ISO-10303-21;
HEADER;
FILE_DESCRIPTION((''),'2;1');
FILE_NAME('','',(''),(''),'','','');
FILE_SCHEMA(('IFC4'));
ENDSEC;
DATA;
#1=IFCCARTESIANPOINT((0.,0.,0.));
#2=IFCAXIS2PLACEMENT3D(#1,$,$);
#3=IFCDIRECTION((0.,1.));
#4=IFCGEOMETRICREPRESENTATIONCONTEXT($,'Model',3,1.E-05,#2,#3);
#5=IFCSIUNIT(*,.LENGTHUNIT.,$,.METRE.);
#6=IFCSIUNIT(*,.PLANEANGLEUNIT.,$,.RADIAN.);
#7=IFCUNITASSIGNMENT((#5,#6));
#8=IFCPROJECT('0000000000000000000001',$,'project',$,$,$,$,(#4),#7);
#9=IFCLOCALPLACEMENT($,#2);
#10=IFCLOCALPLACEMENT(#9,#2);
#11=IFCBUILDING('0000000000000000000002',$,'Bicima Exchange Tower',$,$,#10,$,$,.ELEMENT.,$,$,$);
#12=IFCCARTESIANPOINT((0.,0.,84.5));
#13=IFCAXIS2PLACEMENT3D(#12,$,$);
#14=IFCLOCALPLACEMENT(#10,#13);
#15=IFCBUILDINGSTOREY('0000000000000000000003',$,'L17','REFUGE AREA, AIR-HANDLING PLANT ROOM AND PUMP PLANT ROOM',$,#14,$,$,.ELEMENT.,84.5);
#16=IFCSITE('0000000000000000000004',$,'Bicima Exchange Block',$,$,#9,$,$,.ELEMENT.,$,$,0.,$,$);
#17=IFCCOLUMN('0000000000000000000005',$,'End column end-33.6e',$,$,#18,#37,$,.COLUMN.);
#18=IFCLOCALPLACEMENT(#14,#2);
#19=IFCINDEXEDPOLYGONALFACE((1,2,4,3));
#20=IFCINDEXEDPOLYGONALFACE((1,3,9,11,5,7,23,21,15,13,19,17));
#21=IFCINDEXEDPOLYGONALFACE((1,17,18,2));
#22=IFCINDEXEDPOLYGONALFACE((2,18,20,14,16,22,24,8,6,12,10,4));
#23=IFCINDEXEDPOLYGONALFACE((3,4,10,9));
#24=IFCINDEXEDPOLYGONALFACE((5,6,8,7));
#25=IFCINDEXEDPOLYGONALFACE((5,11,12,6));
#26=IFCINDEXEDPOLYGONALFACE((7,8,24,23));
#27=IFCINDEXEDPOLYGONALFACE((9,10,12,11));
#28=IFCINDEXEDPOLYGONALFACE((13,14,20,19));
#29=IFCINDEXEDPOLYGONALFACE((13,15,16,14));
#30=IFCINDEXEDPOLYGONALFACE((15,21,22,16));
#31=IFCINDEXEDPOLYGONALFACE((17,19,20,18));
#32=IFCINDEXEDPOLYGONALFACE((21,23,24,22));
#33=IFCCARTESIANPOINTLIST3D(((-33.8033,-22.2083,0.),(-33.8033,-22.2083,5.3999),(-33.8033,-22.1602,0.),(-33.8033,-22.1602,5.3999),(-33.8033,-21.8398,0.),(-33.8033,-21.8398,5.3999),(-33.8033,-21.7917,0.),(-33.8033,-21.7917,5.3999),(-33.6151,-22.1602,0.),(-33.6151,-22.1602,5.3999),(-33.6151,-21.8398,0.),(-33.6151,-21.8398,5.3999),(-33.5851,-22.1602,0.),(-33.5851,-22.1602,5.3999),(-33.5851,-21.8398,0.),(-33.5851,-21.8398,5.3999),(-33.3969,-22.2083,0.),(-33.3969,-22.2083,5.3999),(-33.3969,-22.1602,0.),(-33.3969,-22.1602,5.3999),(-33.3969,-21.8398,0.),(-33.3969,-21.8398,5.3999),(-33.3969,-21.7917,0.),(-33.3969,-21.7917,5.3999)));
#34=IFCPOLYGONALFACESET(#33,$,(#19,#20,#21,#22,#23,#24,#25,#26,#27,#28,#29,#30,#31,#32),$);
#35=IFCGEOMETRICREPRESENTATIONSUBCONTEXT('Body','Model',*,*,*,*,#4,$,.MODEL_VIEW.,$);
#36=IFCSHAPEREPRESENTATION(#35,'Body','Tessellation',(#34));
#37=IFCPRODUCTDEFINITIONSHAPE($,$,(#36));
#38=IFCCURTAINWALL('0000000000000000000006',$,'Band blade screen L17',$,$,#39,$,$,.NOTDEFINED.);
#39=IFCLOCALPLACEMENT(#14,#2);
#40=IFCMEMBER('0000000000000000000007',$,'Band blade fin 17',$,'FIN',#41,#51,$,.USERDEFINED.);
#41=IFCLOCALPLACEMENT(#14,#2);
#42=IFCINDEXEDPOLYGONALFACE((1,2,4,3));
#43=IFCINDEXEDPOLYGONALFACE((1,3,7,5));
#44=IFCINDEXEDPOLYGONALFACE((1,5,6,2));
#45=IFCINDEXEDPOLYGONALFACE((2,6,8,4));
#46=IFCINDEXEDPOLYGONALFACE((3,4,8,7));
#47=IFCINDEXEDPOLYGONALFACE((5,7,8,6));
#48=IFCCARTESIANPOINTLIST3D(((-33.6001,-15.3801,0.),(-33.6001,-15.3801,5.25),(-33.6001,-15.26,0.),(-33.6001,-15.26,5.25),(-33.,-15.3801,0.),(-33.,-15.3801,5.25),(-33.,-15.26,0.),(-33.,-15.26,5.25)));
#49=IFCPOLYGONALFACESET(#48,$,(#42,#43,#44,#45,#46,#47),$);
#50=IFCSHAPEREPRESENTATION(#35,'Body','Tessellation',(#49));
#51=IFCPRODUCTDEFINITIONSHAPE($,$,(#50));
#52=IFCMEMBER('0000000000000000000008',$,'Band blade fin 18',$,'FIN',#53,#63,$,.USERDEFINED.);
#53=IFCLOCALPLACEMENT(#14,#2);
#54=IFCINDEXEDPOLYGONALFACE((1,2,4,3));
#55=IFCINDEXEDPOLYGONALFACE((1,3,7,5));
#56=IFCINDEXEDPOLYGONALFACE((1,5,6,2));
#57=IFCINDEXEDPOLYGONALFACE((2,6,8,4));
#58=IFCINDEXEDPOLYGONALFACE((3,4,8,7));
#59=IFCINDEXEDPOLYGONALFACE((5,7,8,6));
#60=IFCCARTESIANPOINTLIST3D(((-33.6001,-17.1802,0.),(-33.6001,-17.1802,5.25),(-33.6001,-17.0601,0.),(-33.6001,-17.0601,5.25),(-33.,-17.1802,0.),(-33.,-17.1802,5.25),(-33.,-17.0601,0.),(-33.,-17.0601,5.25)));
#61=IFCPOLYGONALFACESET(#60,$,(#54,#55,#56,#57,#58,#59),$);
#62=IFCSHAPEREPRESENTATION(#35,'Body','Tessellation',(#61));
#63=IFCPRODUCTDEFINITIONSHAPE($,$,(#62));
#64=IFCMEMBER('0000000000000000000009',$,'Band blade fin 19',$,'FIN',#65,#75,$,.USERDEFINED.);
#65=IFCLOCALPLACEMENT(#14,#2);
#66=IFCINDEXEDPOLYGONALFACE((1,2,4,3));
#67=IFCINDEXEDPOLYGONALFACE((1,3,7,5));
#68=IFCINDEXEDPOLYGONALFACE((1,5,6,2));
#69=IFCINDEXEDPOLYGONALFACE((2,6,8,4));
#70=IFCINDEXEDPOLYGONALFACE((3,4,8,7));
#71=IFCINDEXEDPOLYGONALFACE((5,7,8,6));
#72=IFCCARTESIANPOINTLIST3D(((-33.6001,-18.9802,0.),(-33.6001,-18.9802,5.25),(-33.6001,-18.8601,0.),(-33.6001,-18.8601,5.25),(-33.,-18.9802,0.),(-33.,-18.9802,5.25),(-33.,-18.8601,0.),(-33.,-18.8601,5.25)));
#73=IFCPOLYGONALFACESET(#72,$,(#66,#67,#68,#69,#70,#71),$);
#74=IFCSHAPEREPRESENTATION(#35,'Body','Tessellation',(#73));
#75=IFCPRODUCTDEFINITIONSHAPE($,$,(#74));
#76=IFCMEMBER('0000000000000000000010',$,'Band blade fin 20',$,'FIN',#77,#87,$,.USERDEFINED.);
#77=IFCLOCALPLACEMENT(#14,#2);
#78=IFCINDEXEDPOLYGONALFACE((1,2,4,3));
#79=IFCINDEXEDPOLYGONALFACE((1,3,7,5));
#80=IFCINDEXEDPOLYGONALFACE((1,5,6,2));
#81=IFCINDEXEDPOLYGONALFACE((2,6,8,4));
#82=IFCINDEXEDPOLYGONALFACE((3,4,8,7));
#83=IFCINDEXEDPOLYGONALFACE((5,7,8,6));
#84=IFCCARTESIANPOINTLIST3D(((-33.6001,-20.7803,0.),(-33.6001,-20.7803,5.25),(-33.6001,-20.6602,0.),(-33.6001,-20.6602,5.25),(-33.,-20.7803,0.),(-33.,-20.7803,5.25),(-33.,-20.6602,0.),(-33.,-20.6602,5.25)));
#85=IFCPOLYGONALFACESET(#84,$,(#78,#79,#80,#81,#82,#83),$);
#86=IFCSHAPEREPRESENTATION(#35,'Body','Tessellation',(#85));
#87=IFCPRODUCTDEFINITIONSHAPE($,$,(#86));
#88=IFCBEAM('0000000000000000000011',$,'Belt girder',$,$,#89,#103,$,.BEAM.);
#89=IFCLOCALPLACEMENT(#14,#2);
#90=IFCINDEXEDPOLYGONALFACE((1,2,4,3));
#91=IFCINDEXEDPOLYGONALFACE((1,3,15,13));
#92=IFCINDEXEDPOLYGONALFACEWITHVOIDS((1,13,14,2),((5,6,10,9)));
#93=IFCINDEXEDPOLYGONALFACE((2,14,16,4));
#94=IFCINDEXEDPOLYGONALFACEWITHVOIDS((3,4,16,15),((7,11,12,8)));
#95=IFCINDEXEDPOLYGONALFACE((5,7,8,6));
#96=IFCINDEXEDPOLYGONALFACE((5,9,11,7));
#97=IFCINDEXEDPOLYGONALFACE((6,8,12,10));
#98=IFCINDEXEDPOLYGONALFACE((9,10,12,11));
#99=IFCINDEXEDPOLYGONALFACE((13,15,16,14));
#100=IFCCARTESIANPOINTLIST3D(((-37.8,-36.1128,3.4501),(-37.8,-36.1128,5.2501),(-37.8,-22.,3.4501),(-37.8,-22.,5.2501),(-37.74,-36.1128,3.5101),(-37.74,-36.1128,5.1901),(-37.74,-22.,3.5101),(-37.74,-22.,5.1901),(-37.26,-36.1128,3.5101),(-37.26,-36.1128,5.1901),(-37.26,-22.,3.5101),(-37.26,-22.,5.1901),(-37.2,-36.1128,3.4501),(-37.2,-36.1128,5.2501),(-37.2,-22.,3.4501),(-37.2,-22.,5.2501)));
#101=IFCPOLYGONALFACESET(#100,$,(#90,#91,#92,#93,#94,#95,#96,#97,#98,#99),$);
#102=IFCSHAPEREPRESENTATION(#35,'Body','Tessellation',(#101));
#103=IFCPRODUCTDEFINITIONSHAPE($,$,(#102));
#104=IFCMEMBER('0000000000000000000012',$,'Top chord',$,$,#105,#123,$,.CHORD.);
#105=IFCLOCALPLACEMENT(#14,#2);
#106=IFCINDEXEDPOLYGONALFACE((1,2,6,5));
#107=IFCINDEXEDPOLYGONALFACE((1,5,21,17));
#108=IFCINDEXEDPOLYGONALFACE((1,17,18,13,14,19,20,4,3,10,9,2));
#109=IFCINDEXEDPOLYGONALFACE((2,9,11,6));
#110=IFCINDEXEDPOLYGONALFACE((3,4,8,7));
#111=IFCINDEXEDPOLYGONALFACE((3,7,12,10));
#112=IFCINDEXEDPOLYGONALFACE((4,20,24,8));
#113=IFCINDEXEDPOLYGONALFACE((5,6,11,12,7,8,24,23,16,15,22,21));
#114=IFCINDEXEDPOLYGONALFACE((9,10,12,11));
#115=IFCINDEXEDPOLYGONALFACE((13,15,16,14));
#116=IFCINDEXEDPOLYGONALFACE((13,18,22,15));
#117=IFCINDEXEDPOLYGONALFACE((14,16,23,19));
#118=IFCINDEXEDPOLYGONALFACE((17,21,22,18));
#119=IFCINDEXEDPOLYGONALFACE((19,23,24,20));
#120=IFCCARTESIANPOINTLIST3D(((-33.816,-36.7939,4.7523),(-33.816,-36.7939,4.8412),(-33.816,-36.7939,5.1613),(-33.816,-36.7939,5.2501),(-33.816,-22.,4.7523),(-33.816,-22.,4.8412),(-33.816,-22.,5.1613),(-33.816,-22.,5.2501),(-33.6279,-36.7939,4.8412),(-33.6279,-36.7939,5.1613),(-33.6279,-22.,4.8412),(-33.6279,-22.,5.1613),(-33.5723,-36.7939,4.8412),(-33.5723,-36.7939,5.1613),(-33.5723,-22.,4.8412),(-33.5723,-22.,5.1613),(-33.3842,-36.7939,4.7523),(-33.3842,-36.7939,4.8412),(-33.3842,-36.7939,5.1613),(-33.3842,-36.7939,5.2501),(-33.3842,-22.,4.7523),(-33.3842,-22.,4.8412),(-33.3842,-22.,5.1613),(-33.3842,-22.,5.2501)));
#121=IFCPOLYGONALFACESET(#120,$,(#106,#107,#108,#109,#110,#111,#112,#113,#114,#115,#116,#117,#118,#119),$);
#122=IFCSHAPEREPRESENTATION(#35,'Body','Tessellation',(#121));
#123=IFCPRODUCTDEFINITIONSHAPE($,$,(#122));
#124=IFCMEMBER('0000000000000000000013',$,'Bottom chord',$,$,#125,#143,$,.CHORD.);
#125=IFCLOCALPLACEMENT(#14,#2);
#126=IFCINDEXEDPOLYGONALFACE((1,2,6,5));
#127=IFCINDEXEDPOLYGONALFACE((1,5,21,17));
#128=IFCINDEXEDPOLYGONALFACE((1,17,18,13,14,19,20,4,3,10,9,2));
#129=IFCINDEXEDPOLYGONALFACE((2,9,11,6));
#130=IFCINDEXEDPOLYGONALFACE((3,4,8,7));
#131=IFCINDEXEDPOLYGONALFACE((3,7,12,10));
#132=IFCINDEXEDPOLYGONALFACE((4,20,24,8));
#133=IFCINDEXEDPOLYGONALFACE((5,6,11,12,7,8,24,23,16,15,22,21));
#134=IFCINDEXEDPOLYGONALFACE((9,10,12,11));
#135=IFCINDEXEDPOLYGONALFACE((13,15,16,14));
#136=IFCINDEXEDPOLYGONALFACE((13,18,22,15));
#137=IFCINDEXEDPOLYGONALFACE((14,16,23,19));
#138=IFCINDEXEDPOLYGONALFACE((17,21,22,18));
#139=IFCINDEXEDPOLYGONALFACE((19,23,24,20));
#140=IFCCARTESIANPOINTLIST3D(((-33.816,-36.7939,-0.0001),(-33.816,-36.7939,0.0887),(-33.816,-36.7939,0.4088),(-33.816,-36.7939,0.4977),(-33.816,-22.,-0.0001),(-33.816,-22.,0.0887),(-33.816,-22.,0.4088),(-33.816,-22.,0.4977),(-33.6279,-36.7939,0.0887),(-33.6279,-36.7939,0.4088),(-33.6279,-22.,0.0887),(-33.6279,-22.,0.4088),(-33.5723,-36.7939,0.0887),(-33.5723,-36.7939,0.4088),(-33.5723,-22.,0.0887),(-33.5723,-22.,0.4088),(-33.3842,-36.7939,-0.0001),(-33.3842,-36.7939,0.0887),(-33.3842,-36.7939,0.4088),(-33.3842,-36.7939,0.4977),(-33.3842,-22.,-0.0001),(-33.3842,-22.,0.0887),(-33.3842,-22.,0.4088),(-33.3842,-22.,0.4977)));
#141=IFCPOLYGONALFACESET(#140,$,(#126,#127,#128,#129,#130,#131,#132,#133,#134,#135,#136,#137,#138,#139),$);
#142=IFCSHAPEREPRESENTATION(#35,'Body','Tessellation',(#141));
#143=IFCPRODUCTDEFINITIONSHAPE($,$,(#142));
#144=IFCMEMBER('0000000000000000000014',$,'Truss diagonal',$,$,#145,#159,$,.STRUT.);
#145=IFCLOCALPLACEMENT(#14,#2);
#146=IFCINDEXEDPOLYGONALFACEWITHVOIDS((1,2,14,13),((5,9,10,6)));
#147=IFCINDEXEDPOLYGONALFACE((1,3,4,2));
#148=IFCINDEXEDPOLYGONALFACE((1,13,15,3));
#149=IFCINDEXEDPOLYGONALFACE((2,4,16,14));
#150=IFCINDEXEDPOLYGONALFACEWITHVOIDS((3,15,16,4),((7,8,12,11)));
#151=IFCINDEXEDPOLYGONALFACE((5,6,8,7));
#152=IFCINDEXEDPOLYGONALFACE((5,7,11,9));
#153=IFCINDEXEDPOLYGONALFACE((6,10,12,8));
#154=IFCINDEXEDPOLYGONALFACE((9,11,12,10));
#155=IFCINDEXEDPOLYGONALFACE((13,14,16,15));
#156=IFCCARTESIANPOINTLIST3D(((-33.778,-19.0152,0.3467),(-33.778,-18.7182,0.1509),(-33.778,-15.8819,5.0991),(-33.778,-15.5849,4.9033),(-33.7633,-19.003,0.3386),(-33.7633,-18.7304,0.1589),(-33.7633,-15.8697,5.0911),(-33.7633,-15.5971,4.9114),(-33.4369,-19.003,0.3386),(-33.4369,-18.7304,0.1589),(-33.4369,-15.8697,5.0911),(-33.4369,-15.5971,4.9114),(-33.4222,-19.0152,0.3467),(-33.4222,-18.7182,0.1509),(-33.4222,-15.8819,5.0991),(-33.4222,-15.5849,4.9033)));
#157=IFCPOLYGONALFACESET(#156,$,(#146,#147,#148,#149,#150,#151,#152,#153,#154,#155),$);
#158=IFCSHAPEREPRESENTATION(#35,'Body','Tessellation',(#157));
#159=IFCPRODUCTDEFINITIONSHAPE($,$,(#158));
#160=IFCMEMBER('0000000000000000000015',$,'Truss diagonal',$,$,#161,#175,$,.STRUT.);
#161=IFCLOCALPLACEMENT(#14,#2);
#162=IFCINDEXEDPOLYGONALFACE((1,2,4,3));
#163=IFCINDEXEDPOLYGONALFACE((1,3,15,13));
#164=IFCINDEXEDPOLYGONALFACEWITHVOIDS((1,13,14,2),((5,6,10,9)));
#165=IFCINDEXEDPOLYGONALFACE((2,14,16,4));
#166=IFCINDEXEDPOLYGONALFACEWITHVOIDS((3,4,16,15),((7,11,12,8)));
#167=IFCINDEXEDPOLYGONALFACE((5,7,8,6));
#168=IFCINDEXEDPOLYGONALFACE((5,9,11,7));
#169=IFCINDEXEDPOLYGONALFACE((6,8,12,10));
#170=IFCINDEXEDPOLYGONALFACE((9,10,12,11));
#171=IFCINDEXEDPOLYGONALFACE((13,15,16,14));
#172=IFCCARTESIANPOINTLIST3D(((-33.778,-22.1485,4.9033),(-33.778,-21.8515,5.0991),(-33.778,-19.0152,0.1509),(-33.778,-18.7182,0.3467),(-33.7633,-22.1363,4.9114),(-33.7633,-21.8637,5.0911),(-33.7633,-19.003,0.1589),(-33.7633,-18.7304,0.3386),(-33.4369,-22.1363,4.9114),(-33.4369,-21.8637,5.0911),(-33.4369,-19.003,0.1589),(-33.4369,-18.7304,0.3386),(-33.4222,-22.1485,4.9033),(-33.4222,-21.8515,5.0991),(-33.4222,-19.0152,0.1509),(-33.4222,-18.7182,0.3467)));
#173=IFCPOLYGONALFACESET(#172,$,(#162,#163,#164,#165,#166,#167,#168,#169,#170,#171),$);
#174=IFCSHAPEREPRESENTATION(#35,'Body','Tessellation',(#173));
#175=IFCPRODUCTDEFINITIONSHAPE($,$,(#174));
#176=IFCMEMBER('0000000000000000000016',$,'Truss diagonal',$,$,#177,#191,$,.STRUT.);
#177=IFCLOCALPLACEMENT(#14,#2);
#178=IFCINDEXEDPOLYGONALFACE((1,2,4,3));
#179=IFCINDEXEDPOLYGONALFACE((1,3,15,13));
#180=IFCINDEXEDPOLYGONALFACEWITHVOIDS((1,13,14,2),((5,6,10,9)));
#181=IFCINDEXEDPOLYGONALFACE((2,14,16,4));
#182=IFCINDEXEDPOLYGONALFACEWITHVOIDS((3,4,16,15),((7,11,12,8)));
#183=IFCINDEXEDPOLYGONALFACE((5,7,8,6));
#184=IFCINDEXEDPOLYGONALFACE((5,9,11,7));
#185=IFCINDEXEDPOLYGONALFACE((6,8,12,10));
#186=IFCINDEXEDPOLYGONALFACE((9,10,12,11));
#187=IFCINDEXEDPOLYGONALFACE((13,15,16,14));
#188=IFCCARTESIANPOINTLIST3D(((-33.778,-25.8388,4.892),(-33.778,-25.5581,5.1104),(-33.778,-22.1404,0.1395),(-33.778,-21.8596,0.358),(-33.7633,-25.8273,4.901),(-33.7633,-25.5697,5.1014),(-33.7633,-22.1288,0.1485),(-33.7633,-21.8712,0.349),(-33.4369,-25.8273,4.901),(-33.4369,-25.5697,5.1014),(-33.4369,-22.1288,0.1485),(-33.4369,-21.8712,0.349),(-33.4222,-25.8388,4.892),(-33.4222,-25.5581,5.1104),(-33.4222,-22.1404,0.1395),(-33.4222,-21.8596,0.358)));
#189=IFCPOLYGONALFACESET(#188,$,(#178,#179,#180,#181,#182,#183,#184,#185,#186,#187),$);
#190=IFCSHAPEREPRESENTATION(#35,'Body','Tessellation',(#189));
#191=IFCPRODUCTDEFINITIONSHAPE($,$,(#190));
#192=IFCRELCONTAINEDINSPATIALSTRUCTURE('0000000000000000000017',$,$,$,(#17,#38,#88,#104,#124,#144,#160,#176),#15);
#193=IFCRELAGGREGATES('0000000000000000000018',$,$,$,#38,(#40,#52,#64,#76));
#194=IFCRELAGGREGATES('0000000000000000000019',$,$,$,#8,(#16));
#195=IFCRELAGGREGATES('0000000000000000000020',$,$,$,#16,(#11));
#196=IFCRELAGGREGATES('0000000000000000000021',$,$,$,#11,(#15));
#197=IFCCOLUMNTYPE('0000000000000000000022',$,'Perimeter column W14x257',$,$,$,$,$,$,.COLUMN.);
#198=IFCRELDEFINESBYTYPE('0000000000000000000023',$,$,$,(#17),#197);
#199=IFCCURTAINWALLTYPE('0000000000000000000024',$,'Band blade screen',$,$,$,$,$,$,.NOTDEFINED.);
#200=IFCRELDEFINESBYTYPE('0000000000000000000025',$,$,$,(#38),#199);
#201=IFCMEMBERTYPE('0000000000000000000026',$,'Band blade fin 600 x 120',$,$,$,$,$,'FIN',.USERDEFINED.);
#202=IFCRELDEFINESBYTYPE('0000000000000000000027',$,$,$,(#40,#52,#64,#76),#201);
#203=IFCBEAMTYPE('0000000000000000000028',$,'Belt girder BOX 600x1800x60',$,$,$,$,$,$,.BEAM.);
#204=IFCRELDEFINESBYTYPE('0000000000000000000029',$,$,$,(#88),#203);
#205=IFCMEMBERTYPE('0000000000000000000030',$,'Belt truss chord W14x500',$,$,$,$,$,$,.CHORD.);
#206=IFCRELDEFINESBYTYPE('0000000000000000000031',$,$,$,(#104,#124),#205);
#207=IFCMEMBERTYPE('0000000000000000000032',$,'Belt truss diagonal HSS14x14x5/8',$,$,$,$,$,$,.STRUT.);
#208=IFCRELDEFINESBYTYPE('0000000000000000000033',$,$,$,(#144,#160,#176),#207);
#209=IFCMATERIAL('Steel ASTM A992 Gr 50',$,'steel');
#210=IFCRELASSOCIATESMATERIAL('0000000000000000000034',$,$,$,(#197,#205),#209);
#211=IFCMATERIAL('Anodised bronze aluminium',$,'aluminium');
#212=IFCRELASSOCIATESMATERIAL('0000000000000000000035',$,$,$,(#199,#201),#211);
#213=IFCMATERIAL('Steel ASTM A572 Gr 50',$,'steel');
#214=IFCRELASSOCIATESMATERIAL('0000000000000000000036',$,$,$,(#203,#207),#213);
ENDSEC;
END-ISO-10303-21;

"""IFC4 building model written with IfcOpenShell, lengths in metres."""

from ifc_helpers import new_model, si_unit, direction, frame, origin, origin_2d, place, context, subcontext, project, spatial, rectangle, hollow_rectangle, i_section, extrude, material, material_profile, profile_set, type_object, element, aggregate, save


model = new_model("IFC4")

# Units and contexts
model_context = context("Model", 3, precision=1e-05, world=origin(), true_north=direction((0.0, 1.0)))
body_context = subcontext(model_context, "Body", "Model", "MODEL_VIEW")
ifc_project = project(units=[si_unit("LENGTHUNIT", "METRE"), si_unit("PLANEANGLEUNIT", "RADIAN")], contexts=[model_context])

# Site, building, storey
site_placement = place(None, origin())
site = spatial("IfcSite", under=ifc_project, at=site_placement, Name="Bicima Exchange Block", CompositionType="ELEMENT", RefElevation=0.0)
building_placement = place(site_placement, origin())
building = spatial("IfcBuilding", under=site, at=building_placement, Name="Bicima Exchange Tower", CompositionType="ELEMENT")
storey_placement = place(building_placement, frame((0.0, 0.0, 84.5)))
storey = spatial("IfcBuildingStorey", under=building, at=storey_placement, Name="L17", Description="REFUGE AREA, AIR-HANDLING PLANT ROOM AND PUMP PLANT ROOM", CompositionType="ELEMENT", Elevation=84.5)

# Column
ifc_material_1 = material(Name="Steel ASTM A992 Gr 50", Category="steel")
ifc_material_profile_1 = material_profile(ifc_material_1, i_section(OverallWidth=0.4065, OverallDepth=0.4165, WebThickness=0.03, FlangeThickness=0.0481, at=origin_2d()))
ifc_profile_set_1 = profile_set([ifc_material_profile_1], Name="Steel ASTM A992 Gr 50")
column_type = type_object("IfcColumnType", Name="Perimeter column W14x257", PredefinedType="COLUMN", material=ifc_profile_set_1)
column_placement = place(storey_placement, frame((-33.6001, -22.0, 0.0), z_axis=(0.0, 0.0, 1.0), x_axis=(1.0, 0.0, 0.0)))
element("IfcColumn", 1, at=column_placement, inside=storey, type_object=column_type, Name="End column end-33.6e", PredefinedType="COLUMN", context=body_context, shape_type="SweptSolid", body=[
    extrude(i_section(OverallWidth=0.4065, OverallDepth=0.4165, WebThickness=0.03, FlangeThickness=0.0481, at=origin_2d()), origin(), (0.0, 0.0, 1.0), 5.3999),
])

# Curtain wall, members
ifc_material_2 = material(Name="Anodised bronze aluminium", Category="aluminium")
curtain_wall_type = type_object("IfcCurtainWallType", Name="Band blade screen", PredefinedType="NOTDEFINED", material=ifc_material_2)
curtain_wall_placement = place(storey_placement, origin())
curtain_wall = element("IfcCurtainWall", 2, at=curtain_wall_placement, inside=storey, type_object=curtain_wall_type, Name="Band blade screen L17", PredefinedType="NOTDEFINED")
ifc_material_profile_2 = material_profile(ifc_material_2, rectangle(XDim=0.6001, YDim=0.1201, at=origin_2d()))
ifc_profile_set_2 = profile_set([ifc_material_profile_2], Name="Anodised bronze aluminium")
member_type_1 = type_object("IfcMemberType", Name="Band blade fin 600 x 120", ElementType="FIN", PredefinedType="USERDEFINED", material=ifc_profile_set_2)
member_1_placement = place(storey_placement, frame((-33.3, -15.3201, 0.0), z_axis=(0.0, 0.0, 1.0), x_axis=(1.0, 0.0, 0.0)))
member_1 = element("IfcMember", 3, at=member_1_placement, type_object=member_type_1, Name="Band blade fin 17", ObjectType="FIN", PredefinedType="USERDEFINED", context=body_context, shape_type="SweptSolid", body=[
    extrude(rectangle(XDim=0.6001, YDim=0.1201, at=origin_2d()), origin(), (0.0, 0.0, 1.0), 5.25),
])
member_2_placement = place(storey_placement, frame((-33.3, -17.1201, 0.0), z_axis=(0.0, 0.0, 1.0), x_axis=(1.0, 0.0, 0.0)))
member_2 = element("IfcMember", 4, at=member_2_placement, type_object=member_type_1, Name="Band blade fin 18", ObjectType="FIN", PredefinedType="USERDEFINED", context=body_context, shape_type="SweptSolid", body=[
    extrude(rectangle(XDim=0.6001, YDim=0.1201, at=origin_2d()), origin(), (0.0, 0.0, 1.0), 5.25),
])
member_3_placement = place(storey_placement, frame((-33.3, -18.9202, 0.0), z_axis=(0.0, 0.0, 1.0), x_axis=(1.0, 0.0, 0.0)))
member_3 = element("IfcMember", 5, at=member_3_placement, type_object=member_type_1, Name="Band blade fin 19", ObjectType="FIN", PredefinedType="USERDEFINED", context=body_context, shape_type="SweptSolid", body=[
    extrude(rectangle(XDim=0.6001, YDim=0.1201, at=origin_2d()), origin(), (0.0, 0.0, 1.0), 5.25),
])
member_4_placement = place(storey_placement, frame((-33.3, -20.7202, 0.0), z_axis=(0.0, 0.0, 1.0), x_axis=(1.0, 0.0, 0.0)))
member_4 = element("IfcMember", 6, at=member_4_placement, type_object=member_type_1, Name="Band blade fin 20", ObjectType="FIN", PredefinedType="USERDEFINED", context=body_context, shape_type="SweptSolid", body=[
    extrude(rectangle(XDim=0.6001, YDim=0.1201, at=origin_2d()), origin(), (0.0, 0.0, 1.0), 5.25),
])
aggregate(curtain_wall, [member_1, member_2, member_3, member_4])

# Beam
ifc_material_3 = material(Name="Steel ASTM A572 Gr 50", Category="steel")
ifc_material_profile_3 = material_profile(ifc_material_3, hollow_rectangle(XDim=0.6001, YDim=1.8, WallThickness=0.0601, at=origin_2d()))
ifc_profile_set_3 = profile_set([ifc_material_profile_3], Name="Steel ASTM A572 Gr 50")
beam_type_1 = type_object("IfcBeamType", Name="Belt girder BOX 600x1800x60", PredefinedType="BEAM", material=ifc_profile_set_3)
beam_1_placement = place(storey_placement, frame((-37.5, -22.0, 4.3501), z_axis=(0.0, -1.0, 0.0), x_axis=(1.0, 0.0, 0.0)))
element("IfcBeam", 7, at=beam_1_placement, inside=storey, type_object=beam_type_1, Name="Belt girder", PredefinedType="BEAM", context=body_context, shape_type="SweptSolid", body=[
    extrude(hollow_rectangle(XDim=0.6001, YDim=1.8, WallThickness=0.0601, at=origin_2d()), origin(), (0.0, 0.0, 1.0), 14.1128),
])

# Members
ifc_material_profile_4 = material_profile(ifc_material_1, i_section(OverallWidth=0.4319, OverallDepth=0.4978, WebThickness=0.0557, FlangeThickness=0.0889, at=origin_2d()))
ifc_profile_set_4 = profile_set([ifc_material_profile_4], Name="Steel ASTM A992 Gr 50")
member_type_2 = type_object("IfcMemberType", Name="Belt truss chord W14x500", PredefinedType="CHORD", material=ifc_profile_set_4)
for number, where, z_axis, x_axis, name in (
    (8, (-33.6001, -22.0, 5.0012), (0.0, -1.0, 0.0), (1.0, 0.0, 0.0), "Top chord"),
    (9, (-33.6001, -22.0, 0.2488), (0.0, -1.0, 0.0), (1.0, 0.0, 0.0), "Bottom chord"),
):
    element("IfcMember", number, at=place(storey_placement, frame(where, z_axis=z_axis, x_axis=x_axis)), inside=storey, type_object=member_type_2, Name=name, PredefinedType="CHORD", context=body_context, shape_type="SweptSolid", body=[
        extrude(i_section(OverallWidth=0.4319, OverallDepth=0.4978, WebThickness=0.0557, FlangeThickness=0.0889, at=origin_2d()), origin(), (0.0, 0.0, 1.0), 14.7939),
    ])
ifc_material_profile_5 = material_profile(ifc_material_3, hollow_rectangle(XDim=0.3557, YDim=0.3557, WallThickness=0.0146, at=origin_2d()))
ifc_profile_set_5 = profile_set([ifc_material_profile_5], Name="Steel ASTM A572 Gr 50")
member_type_3 = type_object("IfcMemberType", Name="Belt truss diagonal HSS14x14x5/8", PredefinedType="STRUT", material=ifc_profile_set_5)
for number, where, z_axis, x_axis, name in (
    (10, (-33.6001, -15.7334, 5.0012), (0.0, -0.550437, -0.834877), (1.0, 0.0, 0.0), "Truss diagonal"),
    (11, (-33.6001, -18.8667, 0.2488), (0.0, -0.550437, 0.834877), (1.0, 0.0, 0.0), "Truss diagonal"),
):
    element("IfcMember", number, at=place(storey_placement, frame(where, z_axis=z_axis, x_axis=x_axis)), inside=storey, type_object=member_type_3, Name=name, PredefinedType="STRUT", context=body_context, shape_type="SweptSolid", body=[
        extrude(hollow_rectangle(XDim=0.3557, YDim=0.3557, WallThickness=0.0146, at=origin_2d()), origin(), (0.0, 0.0, 1.0), 5.6924),
    ])
member_5_placement = place(storey_placement, frame((-33.6001, -22.0, 0.2488), z_axis=(0.0, -0.614162, 0.78918), x_axis=(1.0, 0.0, 0.0)))
element("IfcMember", 12, at=member_5_placement, inside=storey, type_object=member_type_3, Name="Truss diagonal", PredefinedType="STRUT", context=body_context, shape_type="SweptSolid", body=[
    extrude(hollow_rectangle(XDim=0.3557, YDim=0.3557, WallThickness=0.0146, at=origin_2d()), origin(), (0.0, 0.0, 1.0), 6.022),
])

save(model, "model.ifc")
